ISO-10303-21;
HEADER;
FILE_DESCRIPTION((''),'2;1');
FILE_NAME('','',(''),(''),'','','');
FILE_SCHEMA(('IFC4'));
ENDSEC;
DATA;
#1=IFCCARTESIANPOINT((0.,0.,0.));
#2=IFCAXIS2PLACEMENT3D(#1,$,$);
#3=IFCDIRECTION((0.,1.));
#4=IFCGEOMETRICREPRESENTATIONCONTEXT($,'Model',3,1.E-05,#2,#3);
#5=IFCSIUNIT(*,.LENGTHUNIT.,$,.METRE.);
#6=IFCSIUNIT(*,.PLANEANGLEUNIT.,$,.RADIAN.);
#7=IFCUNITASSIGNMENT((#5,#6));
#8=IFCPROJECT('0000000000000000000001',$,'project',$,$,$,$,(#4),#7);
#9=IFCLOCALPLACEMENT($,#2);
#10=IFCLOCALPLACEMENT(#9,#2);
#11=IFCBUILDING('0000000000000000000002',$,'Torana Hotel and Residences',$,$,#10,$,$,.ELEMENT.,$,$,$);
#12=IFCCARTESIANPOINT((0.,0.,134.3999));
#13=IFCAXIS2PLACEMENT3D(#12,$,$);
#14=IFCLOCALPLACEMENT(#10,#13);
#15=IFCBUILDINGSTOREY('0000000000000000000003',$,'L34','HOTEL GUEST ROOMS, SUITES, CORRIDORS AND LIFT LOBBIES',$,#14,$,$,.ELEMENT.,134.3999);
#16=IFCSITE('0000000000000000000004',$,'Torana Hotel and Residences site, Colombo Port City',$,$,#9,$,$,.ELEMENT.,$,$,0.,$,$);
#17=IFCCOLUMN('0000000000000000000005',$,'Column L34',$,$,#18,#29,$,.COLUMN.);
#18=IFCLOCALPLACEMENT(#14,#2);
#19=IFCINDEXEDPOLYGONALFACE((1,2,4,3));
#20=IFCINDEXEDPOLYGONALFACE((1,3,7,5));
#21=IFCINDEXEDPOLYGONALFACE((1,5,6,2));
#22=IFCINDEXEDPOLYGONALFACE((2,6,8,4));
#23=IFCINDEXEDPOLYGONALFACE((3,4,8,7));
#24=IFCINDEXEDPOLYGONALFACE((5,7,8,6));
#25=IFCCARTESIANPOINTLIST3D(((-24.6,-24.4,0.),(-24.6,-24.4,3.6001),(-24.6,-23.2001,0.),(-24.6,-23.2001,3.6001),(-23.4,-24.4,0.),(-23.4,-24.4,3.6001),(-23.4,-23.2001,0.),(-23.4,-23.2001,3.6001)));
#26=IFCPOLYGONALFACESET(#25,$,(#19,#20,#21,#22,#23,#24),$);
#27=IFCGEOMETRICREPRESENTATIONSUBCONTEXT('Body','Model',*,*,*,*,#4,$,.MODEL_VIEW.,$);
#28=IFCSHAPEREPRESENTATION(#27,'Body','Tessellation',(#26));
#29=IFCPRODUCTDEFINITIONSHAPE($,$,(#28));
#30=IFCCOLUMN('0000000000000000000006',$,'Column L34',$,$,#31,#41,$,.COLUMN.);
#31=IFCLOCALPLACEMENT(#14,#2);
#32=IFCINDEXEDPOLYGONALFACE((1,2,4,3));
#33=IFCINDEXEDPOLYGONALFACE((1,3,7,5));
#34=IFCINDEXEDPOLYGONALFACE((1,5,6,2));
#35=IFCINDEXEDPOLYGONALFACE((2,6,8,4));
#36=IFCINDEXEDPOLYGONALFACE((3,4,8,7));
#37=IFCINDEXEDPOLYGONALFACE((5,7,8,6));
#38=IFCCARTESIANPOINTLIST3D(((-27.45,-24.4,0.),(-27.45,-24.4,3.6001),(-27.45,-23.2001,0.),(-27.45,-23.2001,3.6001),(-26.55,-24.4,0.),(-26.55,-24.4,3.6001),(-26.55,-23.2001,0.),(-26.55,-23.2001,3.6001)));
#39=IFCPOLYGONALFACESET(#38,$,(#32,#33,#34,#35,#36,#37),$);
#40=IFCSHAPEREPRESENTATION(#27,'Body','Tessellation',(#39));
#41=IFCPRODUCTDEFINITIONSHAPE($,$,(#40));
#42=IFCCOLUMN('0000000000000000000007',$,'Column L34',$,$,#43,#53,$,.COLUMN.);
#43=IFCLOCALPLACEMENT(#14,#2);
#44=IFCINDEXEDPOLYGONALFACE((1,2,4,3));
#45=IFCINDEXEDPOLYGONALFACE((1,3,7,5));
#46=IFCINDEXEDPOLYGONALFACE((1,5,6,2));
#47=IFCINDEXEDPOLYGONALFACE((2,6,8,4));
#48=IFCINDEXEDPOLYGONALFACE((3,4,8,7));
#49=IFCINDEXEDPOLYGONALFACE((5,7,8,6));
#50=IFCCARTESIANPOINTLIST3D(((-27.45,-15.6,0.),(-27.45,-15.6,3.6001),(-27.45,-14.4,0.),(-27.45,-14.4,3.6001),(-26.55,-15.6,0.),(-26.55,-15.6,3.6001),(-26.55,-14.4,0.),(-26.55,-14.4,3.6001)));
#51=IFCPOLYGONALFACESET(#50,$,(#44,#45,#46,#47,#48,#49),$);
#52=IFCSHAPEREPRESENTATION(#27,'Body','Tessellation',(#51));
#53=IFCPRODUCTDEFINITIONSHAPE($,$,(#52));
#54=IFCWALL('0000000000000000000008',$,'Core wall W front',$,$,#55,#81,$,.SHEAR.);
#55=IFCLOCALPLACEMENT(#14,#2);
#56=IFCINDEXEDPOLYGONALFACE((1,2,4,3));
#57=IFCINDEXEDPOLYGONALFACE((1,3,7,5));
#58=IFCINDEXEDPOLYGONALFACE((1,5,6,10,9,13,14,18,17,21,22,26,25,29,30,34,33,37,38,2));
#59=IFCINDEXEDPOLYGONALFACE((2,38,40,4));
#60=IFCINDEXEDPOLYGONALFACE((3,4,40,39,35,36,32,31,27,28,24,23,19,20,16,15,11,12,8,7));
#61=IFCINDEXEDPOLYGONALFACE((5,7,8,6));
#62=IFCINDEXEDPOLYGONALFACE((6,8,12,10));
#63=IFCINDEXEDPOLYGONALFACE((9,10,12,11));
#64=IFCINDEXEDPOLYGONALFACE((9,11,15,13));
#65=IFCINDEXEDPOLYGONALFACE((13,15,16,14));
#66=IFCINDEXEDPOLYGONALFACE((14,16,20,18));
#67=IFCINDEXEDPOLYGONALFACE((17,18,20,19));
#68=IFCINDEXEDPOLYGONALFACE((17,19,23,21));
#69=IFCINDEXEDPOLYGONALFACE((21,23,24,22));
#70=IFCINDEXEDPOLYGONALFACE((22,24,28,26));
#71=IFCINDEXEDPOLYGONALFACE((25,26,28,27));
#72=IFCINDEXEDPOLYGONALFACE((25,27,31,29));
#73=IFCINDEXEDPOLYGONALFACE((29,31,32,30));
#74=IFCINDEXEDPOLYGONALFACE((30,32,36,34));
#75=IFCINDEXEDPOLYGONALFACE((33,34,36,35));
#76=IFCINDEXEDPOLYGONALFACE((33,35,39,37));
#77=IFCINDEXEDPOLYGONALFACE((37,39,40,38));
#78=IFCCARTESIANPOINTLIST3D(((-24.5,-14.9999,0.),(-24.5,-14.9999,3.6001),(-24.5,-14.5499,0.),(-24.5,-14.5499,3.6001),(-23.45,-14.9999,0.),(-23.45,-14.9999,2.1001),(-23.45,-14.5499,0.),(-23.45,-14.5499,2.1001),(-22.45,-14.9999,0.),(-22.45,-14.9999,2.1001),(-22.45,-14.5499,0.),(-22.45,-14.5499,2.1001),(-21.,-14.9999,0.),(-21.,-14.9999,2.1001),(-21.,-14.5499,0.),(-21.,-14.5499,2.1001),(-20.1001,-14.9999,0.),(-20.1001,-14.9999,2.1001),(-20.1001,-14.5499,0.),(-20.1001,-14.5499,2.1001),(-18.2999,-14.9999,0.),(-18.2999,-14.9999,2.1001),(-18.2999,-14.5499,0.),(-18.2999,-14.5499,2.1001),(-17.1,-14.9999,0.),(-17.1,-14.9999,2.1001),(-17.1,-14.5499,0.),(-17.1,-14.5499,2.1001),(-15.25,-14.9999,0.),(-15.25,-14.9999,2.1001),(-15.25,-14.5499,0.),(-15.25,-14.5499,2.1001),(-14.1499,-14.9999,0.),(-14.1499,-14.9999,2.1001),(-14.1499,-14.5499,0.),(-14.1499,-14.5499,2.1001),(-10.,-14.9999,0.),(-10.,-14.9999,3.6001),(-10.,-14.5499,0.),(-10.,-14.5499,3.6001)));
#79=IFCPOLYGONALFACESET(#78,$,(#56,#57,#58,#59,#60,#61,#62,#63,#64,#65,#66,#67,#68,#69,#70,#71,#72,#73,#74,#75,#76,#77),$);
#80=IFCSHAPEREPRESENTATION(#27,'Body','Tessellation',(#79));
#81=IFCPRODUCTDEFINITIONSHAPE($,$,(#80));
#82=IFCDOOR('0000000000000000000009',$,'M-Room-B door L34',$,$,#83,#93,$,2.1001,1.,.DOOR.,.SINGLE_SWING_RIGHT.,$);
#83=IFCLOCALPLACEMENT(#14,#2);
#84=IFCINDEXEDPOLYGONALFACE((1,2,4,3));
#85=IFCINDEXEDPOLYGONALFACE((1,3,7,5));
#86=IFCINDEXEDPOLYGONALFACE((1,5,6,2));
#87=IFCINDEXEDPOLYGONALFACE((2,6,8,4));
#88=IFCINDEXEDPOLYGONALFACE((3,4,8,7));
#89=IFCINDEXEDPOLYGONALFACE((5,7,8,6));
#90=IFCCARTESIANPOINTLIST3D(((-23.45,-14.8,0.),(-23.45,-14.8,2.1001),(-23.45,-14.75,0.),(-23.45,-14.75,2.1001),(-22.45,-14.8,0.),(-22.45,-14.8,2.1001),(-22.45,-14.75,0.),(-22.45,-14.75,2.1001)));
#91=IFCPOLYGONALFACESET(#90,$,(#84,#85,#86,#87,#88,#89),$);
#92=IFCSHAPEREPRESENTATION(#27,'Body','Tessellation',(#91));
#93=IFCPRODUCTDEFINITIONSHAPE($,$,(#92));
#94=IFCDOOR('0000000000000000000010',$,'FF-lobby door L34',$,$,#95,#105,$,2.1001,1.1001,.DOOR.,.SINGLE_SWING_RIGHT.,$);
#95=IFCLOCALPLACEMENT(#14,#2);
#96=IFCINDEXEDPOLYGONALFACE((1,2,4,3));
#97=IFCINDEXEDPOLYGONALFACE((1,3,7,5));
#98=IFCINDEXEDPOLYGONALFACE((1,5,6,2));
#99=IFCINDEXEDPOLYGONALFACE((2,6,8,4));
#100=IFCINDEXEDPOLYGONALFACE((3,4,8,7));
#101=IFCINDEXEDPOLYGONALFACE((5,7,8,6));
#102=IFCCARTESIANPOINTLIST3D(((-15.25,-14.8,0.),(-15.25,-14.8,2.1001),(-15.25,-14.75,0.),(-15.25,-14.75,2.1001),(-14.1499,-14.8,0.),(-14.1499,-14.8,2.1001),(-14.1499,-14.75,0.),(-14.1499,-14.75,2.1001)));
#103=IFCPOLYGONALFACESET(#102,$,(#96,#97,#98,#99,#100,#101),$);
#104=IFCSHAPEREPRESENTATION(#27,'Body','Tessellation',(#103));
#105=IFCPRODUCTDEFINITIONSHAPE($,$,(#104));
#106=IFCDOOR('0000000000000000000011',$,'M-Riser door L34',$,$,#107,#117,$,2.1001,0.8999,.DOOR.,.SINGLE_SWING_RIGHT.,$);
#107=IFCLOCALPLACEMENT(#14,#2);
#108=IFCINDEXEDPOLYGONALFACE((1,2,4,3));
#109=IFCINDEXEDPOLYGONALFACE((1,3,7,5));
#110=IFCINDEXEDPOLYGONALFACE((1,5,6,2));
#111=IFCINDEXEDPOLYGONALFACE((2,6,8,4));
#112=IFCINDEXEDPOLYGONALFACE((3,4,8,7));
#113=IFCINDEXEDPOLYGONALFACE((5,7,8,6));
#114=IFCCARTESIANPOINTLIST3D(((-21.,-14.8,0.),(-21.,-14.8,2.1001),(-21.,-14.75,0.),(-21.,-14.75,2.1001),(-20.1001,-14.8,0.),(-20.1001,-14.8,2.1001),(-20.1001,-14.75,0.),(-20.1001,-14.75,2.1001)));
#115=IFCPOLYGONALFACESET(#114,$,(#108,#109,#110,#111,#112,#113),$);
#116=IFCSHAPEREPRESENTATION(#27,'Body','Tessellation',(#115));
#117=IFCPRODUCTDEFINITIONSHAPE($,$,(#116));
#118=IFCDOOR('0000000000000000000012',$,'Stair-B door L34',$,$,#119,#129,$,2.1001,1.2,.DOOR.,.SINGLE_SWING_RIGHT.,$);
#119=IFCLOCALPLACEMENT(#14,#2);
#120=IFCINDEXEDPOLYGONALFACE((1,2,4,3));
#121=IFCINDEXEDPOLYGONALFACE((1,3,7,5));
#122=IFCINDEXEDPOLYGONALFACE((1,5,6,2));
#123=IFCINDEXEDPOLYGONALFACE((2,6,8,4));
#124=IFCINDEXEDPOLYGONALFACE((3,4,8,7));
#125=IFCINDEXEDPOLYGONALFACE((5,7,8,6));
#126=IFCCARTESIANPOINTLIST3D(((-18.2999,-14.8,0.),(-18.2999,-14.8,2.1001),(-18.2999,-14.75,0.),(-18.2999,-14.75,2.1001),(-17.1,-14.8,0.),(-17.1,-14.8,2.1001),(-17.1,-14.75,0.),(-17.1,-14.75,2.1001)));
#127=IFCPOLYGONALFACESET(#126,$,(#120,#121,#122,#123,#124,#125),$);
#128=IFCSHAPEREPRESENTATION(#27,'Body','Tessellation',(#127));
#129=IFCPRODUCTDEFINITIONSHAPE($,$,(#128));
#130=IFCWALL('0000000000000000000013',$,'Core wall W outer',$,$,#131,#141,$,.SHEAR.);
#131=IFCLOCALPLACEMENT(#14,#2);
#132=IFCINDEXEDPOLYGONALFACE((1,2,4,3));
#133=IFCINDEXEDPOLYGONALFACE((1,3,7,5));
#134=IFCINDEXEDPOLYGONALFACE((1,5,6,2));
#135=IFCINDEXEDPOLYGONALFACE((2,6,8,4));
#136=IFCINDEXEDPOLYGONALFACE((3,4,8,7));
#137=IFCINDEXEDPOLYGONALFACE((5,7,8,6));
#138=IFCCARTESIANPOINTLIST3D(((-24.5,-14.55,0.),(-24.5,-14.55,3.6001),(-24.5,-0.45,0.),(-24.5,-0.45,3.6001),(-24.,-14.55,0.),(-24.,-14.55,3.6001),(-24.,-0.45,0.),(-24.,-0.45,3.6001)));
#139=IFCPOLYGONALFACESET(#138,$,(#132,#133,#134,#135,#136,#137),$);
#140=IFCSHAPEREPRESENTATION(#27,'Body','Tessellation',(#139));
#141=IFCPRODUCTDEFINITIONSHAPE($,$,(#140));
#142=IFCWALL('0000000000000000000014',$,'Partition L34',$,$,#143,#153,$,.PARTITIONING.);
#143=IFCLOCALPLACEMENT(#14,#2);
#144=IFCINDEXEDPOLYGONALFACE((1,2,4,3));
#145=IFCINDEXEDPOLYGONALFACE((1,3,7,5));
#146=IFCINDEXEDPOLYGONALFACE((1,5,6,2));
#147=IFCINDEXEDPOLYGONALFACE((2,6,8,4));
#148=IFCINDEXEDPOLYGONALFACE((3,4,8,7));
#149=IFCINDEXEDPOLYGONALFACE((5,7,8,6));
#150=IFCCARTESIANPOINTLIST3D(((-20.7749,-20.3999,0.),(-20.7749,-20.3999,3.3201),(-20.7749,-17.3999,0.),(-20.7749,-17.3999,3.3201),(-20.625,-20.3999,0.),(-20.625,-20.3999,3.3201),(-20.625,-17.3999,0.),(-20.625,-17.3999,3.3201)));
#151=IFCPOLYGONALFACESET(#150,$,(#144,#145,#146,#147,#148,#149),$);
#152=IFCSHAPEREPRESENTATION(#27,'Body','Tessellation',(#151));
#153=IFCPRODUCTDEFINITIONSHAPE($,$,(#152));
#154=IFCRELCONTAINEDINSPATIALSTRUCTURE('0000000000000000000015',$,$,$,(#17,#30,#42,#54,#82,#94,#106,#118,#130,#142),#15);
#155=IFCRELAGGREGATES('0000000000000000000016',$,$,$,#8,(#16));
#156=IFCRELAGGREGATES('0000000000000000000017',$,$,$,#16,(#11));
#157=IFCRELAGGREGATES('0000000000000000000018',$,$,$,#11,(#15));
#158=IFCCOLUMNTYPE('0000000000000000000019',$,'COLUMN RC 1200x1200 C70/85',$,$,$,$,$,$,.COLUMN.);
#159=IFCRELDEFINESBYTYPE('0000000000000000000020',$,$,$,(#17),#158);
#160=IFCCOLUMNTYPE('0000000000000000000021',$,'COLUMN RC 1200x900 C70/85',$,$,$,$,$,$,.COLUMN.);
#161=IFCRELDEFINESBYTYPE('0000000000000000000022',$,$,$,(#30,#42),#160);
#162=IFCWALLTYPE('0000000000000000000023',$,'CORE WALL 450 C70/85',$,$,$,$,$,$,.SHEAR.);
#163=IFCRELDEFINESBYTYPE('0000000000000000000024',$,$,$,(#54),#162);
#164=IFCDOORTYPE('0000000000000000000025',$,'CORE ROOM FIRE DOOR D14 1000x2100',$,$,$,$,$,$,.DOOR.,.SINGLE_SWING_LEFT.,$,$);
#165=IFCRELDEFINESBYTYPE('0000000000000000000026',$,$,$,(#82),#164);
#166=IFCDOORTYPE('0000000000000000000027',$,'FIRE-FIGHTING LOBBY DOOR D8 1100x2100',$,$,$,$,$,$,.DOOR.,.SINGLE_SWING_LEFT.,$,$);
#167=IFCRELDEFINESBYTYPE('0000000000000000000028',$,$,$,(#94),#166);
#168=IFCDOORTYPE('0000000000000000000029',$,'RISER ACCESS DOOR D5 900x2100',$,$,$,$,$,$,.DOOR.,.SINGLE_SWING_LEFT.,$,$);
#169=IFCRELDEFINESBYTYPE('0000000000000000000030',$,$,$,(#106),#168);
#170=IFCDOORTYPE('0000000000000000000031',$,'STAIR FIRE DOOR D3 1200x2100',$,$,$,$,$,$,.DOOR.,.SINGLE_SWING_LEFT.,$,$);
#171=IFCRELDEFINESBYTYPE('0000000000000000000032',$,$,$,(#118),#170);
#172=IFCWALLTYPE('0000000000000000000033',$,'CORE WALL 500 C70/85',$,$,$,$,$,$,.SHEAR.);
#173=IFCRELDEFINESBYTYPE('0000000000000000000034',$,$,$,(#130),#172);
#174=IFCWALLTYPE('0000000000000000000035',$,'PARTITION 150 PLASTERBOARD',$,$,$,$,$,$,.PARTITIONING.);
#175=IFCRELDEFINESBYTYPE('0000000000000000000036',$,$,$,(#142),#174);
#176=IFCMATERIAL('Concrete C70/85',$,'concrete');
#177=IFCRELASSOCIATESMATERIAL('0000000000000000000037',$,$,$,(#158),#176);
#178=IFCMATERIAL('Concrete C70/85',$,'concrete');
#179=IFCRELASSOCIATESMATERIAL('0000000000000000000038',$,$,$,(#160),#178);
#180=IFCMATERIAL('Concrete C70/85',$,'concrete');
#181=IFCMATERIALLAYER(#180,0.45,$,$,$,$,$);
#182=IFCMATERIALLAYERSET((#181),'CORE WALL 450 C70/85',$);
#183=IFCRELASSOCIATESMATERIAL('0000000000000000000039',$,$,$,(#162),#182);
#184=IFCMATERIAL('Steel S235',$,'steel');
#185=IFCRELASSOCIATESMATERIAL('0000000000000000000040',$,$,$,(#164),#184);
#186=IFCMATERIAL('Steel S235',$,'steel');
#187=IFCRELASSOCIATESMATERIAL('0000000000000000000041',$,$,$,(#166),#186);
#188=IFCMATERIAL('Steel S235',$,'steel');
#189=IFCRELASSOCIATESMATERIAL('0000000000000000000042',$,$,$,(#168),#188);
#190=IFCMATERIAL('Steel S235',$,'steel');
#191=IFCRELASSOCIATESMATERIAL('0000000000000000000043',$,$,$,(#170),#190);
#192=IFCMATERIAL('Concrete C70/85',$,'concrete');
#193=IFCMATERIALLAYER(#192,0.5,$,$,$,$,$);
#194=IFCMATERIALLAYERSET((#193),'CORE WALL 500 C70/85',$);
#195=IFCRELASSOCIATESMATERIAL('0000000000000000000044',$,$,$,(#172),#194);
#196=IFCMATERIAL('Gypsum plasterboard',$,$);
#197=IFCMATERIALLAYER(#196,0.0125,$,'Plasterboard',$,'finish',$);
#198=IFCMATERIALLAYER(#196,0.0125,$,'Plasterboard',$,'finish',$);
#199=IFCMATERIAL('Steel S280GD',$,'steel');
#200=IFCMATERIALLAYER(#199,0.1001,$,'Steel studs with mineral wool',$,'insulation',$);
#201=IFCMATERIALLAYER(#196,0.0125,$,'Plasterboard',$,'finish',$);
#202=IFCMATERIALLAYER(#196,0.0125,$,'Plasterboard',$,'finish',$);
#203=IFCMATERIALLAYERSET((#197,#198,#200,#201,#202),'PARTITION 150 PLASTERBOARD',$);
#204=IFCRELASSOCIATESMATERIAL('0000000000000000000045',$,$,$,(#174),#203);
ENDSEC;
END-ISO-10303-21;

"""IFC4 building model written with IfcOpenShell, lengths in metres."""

from ifc_helpers import new_model, si_unit, direction, frame, frame_2d, origin, origin_2d, place, context, subcontext, project, spatial, rectangle, extrude, material, layer, layer_set, material_profile, profile_set, type_object, element, fill, save


model = new_model("IFC4")

# Units and contexts
model_context = context("Model", 3, precision=1e-05, world=origin(), true_north=direction((0.0, 1.0)))
body_context = subcontext(model_context, "Body", "Model", "MODEL_VIEW")
ifc_project = project(units=[si_unit("LENGTHUNIT", "METRE"), si_unit("PLANEANGLEUNIT", "RADIAN")], contexts=[model_context])

# Site, building, storey
site_placement = place(None, origin())
site = spatial("IfcSite", under=ifc_project, at=site_placement, Name="Torana Hotel and Residences site, Colombo Port City", CompositionType="ELEMENT", RefElevation=0.0)
building_placement = place(site_placement, origin())
building = spatial("IfcBuilding", under=site, at=building_placement, Name="Torana Hotel and Residences", CompositionType="ELEMENT")
storey_placement = place(building_placement, frame((0.0, 0.0, 134.3999)))
storey = spatial("IfcBuildingStorey", under=building, at=storey_placement, Name="L34", Description="HOTEL GUEST ROOMS, SUITES, CORRIDORS AND LIFT LOBBIES", CompositionType="ELEMENT", Elevation=134.3999)

# Columns
ifc_material_1 = material(Name="Concrete C70/85", Category="concrete")
ifc_material_profile_1 = material_profile(ifc_material_1, rectangle(XDim=1.2, YDim=1.2, at=origin_2d()), Name="RC 1200x1200")
ifc_profile_set_1 = profile_set([ifc_material_profile_1], Name="Concrete C70/85")
column_type_1 = type_object("IfcColumnType", Name="COLUMN RC 1200x1200 C70/85", PredefinedType="COLUMN", material=ifc_profile_set_1)
column_placement = place(storey_placement, frame((-24.0, -23.8, 0.0), z_axis=(0.0, 0.0, 1.0), x_axis=(1.0, 0.0, 0.0)))
element("IfcColumn", 1, at=column_placement, inside=storey, type_object=column_type_1, Name="Column L34", PredefinedType="COLUMN", context=body_context, shape_type="SweptSolid", body=[
    extrude(rectangle(XDim=1.2, YDim=1.2, at=origin_2d()), origin(), (0.0, 0.0, 1.0), 3.6001),
])
ifc_material_2 = material(Name="Concrete C70/85", Category="concrete")
ifc_material_profile_2 = material_profile(ifc_material_2, rectangle(XDim=1.2, YDim=0.8999, at=origin_2d()), Name="RC 1200x900")
ifc_profile_set_2 = profile_set([ifc_material_profile_2], Name="Concrete C70/85")
column_type_2 = type_object("IfcColumnType", Name="COLUMN RC 1200x900 C70/85", PredefinedType="COLUMN", material=ifc_profile_set_2)
for number, where, z_axis, x_axis, name in (
    (2, (-27.0, -23.8, 0.0), (0.0, 0.0, 1.0), (0.0, 1.0, 0.0), "Column L34"),
    (3, (-27.0, -15.0, 0.0), (0.0, 0.0, 1.0), (0.0, 1.0, 0.0), "Column L34"),
):
    element("IfcColumn", number, at=place(storey_placement, frame(where, z_axis=z_axis, x_axis=x_axis)), inside=storey, type_object=column_type_2, Name=name, PredefinedType="COLUMN", context=body_context, shape_type="SweptSolid", body=[
        extrude(rectangle(XDim=1.2, YDim=0.8999, at=origin_2d()), origin(), (0.0, 0.0, 1.0), 3.6001),
    ])

# Wall, openings, doors
ifc_material_3 = material(Name="Concrete C70/85", Category="concrete")
ifc_layer_1 = layer(ifc_material_3, 0.45)
ifc_layer_set_1 = layer_set([ifc_layer_1], Name="CORE WALL 450 C70/85")
wall_type_1 = type_object("IfcWallType", Name="CORE WALL 450 C70/85", PredefinedType="SHEAR", material=ifc_layer_set_1)
wall_1_placement = place(storey_placement, frame((-24.5, -14.7749, 0.0), z_axis=(0.0, 0.0, 1.0), x_axis=(1.0, 0.0, 0.0)))
wall_1 = element("IfcWall", 4, at=wall_1_placement, inside=storey, type_object=wall_type_1, Name="Core wall W front", PredefinedType="SHEAR", context=body_context, shape_type="SweptSolid", body=[
    extrude(rectangle(XDim=14.5, YDim=0.45, at=frame_2d((7.25, 0.0))), origin(), (0.0, 0.0, 1.0), 3.6001),
])
opening_1_placement = place(wall_1_placement, frame((6.2, 0.0, 0.0)))
opening_1 = element("IfcOpeningElement", 5, at=opening_1_placement, cuts=wall_1, PredefinedType="OPENING", context=body_context, shape_type="SweptSolid", body=[
    extrude(rectangle(XDim=1.2, YDim=2.1001, at=frame_2d((0.6001, 1.05))), frame((0.0, 0.2349, 0.0), z_axis=(0.0, -1.0, 0.0), x_axis=(1.0, 0.0, 0.0)), (0.0, 0.0, 1.0), 0.47),
])
opening_2_placement = place(wall_1_placement, frame((9.25, 0.0, 0.0)))
opening_2 = element("IfcOpeningElement", 6, at=opening_2_placement, cuts=wall_1, PredefinedType="OPENING", context=body_context, shape_type="SweptSolid", body=[
    extrude(rectangle(XDim=1.1001, YDim=2.1001, at=frame_2d((0.55, 1.05))), frame((0.0, 0.2349, 0.0), z_axis=(0.0, -1.0, 0.0), x_axis=(1.0, 0.0, 0.0)), (0.0, 0.0, 1.0), 0.47),
])
opening_3_placement = place(wall_1_placement, frame((3.5, 0.0, 0.0)))
opening_3 = element("IfcOpeningElement", 7, at=opening_3_placement, cuts=wall_1, PredefinedType="OPENING", context=body_context, shape_type="SweptSolid", body=[
    extrude(rectangle(XDim=0.8999, YDim=2.1001, at=frame_2d((0.45, 1.05))), frame((0.0, 0.2349, 0.0), z_axis=(0.0, -1.0, 0.0), x_axis=(1.0, 0.0, 0.0)), (0.0, 0.0, 1.0), 0.47),
])
opening_4_placement = place(wall_1_placement, frame((1.05, 0.0, 0.0)))
opening_4 = element("IfcOpeningElement", 8, at=opening_4_placement, cuts=wall_1, PredefinedType="OPENING", context=body_context, shape_type="SweptSolid", body=[
    extrude(rectangle(XDim=1.0, YDim=2.1001, at=frame_2d((0.5, 1.05))), frame((0.0, 0.2349, 0.0), z_axis=(0.0, -1.0, 0.0), x_axis=(1.0, 0.0, 0.0)), (0.0, 0.0, 1.0), 0.47),
])
ifc_material_4 = material(Name="Steel S235", Category="steel")
door_type_1 = type_object("IfcDoorType", Name="CORE ROOM FIRE DOOR D14 1000x2100", OperationType="SINGLE_SWING_LEFT", PredefinedType="DOOR", material=ifc_material_4)
door_1_placement = place(opening_4_placement, origin())
door_1 = element("IfcDoor", 9, at=door_1_placement, inside=storey, type_object=door_type_1, Name="M-Room-B door L34", OperationType="SINGLE_SWING_RIGHT", OverallHeight=2.1001, OverallWidth=1.0, PredefinedType="DOOR", context=body_context, shape_type="SweptSolid", body=[
    extrude(rectangle(XDim=1.0, YDim=2.1001, at=frame_2d((0.5, 1.05))), frame((0.0, 0.0249, 0.0), z_axis=(0.0, -1.0, 0.0), x_axis=(1.0, 0.0, 0.0)), (0.0, 0.0, 1.0), 0.05),
])
fill(opening_4, door_1)
ifc_material_5 = material(Name="Steel S235", Category="steel")
door_type_2 = type_object("IfcDoorType", Name="FIRE-FIGHTING LOBBY DOOR D8 1100x2100", OperationType="SINGLE_SWING_LEFT", PredefinedType="DOOR", material=ifc_material_5)
door_2_placement = place(opening_2_placement, origin())
door_2 = element("IfcDoor", 10, at=door_2_placement, inside=storey, type_object=door_type_2, Name="FF-lobby door L34", OperationType="SINGLE_SWING_RIGHT", OverallHeight=2.1001, OverallWidth=1.1001, PredefinedType="DOOR", context=body_context, shape_type="SweptSolid", body=[
    extrude(rectangle(XDim=1.1001, YDim=2.1001, at=frame_2d((0.55, 1.05))), frame((0.0, 0.0249, 0.0), z_axis=(0.0, -1.0, 0.0), x_axis=(1.0, 0.0, 0.0)), (0.0, 0.0, 1.0), 0.05),
])
fill(opening_2, door_2)
ifc_material_6 = material(Name="Steel S235", Category="steel")
door_type_3 = type_object("IfcDoorType", Name="RISER ACCESS DOOR D5 900x2100", OperationType="SINGLE_SWING_LEFT", PredefinedType="DOOR", material=ifc_material_6)
door_3_placement = place(opening_3_placement, origin())
door_3 = element("IfcDoor", 11, at=door_3_placement, inside=storey, type_object=door_type_3, Name="M-Riser door L34", OperationType="SINGLE_SWING_RIGHT", OverallHeight=2.1001, OverallWidth=0.8999, PredefinedType="DOOR", context=body_context, shape_type="SweptSolid", body=[
    extrude(rectangle(XDim=0.8999, YDim=2.1001, at=frame_2d((0.45, 1.05))), frame((0.0, 0.0249, 0.0), z_axis=(0.0, -1.0, 0.0), x_axis=(1.0, 0.0, 0.0)), (0.0, 0.0, 1.0), 0.05),
])
fill(opening_3, door_3)
ifc_material_7 = material(Name="Steel S235", Category="steel")
door_type_4 = type_object("IfcDoorType", Name="STAIR FIRE DOOR D3 1200x2100", OperationType="SINGLE_SWING_LEFT", PredefinedType="DOOR", material=ifc_material_7)
door_4_placement = place(opening_1_placement, origin())
door_4 = element("IfcDoor", 12, at=door_4_placement, inside=storey, type_object=door_type_4, Name="Stair-B door L34", OperationType="SINGLE_SWING_RIGHT", OverallHeight=2.1001, OverallWidth=1.2, PredefinedType="DOOR", context=body_context, shape_type="SweptSolid", body=[
    extrude(rectangle(XDim=1.2, YDim=2.1001, at=frame_2d((0.6001, 1.05))), frame((0.0, 0.0249, 0.0), z_axis=(0.0, -1.0, 0.0), x_axis=(1.0, 0.0, 0.0)), (0.0, 0.0, 1.0), 0.05),
])
fill(opening_1, door_4)

# Walls
ifc_material_8 = material(Name="Concrete C70/85", Category="concrete")
ifc_layer_2 = layer(ifc_material_8, 0.5)
ifc_layer_set_2 = layer_set([ifc_layer_2], Name="CORE WALL 500 C70/85")
wall_type_2 = type_object("IfcWallType", Name="CORE WALL 500 C70/85", PredefinedType="SHEAR", material=ifc_layer_set_2)
wall_2_placement = place(storey_placement, frame((-24.25, -14.55, 0.0), z_axis=(0.0, 0.0, 1.0), x_axis=(0.0, 1.0, 0.0)))
element("IfcWall", 13, at=wall_2_placement, inside=storey, type_object=wall_type_2, Name="Core wall W outer", PredefinedType="SHEAR", context=body_context, shape_type="SweptSolid", body=[
    extrude(rectangle(XDim=14.1001, YDim=0.5, at=frame_2d((7.05, 0.0))), origin(), (0.0, 0.0, 1.0), 3.6001),
])
ifc_material_9 = material(Name="Gypsum plasterboard")
ifc_layer_3 = layer(ifc_material_9, 0.0125, Name="Plasterboard", Category="finish")
ifc_layer_4 = layer(ifc_material_9, 0.0125, Name="Plasterboard", Category="finish")
ifc_material_10 = material(Name="Steel S280GD", Category="steel")
ifc_layer_5 = layer(ifc_material_10, 0.1001, Name="Steel studs with mineral wool", Category="insulation")
ifc_layer_6 = layer(ifc_material_9, 0.0125, Name="Plasterboard", Category="finish")
ifc_layer_7 = layer(ifc_material_9, 0.0125, Name="Plasterboard", Category="finish")
ifc_layer_set_3 = layer_set([ifc_layer_3, ifc_layer_4, ifc_layer_5, ifc_layer_6, ifc_layer_7], Name="PARTITION 150 PLASTERBOARD")
wall_type_3 = type_object("IfcWallType", Name="PARTITION 150 PLASTERBOARD", PredefinedType="PARTITIONING", material=ifc_layer_set_3)
wall_3_placement = place(storey_placement, frame((-20.7, -20.3999, 0.0), z_axis=(0.0, 0.0, 1.0), x_axis=(0.0, 1.0, 0.0)))
element("IfcWall", 14, at=wall_3_placement, inside=storey, type_object=wall_type_3, Name="Partition L34", PredefinedType="PARTITIONING", context=body_context, shape_type="SweptSolid", body=[
    extrude(rectangle(XDim=3.0, YDim=0.1499, at=frame_2d((1.5, 0.0))), origin(), (0.0, 0.0, 1.0), 3.3201),
])

save(model, "model.ifc")
